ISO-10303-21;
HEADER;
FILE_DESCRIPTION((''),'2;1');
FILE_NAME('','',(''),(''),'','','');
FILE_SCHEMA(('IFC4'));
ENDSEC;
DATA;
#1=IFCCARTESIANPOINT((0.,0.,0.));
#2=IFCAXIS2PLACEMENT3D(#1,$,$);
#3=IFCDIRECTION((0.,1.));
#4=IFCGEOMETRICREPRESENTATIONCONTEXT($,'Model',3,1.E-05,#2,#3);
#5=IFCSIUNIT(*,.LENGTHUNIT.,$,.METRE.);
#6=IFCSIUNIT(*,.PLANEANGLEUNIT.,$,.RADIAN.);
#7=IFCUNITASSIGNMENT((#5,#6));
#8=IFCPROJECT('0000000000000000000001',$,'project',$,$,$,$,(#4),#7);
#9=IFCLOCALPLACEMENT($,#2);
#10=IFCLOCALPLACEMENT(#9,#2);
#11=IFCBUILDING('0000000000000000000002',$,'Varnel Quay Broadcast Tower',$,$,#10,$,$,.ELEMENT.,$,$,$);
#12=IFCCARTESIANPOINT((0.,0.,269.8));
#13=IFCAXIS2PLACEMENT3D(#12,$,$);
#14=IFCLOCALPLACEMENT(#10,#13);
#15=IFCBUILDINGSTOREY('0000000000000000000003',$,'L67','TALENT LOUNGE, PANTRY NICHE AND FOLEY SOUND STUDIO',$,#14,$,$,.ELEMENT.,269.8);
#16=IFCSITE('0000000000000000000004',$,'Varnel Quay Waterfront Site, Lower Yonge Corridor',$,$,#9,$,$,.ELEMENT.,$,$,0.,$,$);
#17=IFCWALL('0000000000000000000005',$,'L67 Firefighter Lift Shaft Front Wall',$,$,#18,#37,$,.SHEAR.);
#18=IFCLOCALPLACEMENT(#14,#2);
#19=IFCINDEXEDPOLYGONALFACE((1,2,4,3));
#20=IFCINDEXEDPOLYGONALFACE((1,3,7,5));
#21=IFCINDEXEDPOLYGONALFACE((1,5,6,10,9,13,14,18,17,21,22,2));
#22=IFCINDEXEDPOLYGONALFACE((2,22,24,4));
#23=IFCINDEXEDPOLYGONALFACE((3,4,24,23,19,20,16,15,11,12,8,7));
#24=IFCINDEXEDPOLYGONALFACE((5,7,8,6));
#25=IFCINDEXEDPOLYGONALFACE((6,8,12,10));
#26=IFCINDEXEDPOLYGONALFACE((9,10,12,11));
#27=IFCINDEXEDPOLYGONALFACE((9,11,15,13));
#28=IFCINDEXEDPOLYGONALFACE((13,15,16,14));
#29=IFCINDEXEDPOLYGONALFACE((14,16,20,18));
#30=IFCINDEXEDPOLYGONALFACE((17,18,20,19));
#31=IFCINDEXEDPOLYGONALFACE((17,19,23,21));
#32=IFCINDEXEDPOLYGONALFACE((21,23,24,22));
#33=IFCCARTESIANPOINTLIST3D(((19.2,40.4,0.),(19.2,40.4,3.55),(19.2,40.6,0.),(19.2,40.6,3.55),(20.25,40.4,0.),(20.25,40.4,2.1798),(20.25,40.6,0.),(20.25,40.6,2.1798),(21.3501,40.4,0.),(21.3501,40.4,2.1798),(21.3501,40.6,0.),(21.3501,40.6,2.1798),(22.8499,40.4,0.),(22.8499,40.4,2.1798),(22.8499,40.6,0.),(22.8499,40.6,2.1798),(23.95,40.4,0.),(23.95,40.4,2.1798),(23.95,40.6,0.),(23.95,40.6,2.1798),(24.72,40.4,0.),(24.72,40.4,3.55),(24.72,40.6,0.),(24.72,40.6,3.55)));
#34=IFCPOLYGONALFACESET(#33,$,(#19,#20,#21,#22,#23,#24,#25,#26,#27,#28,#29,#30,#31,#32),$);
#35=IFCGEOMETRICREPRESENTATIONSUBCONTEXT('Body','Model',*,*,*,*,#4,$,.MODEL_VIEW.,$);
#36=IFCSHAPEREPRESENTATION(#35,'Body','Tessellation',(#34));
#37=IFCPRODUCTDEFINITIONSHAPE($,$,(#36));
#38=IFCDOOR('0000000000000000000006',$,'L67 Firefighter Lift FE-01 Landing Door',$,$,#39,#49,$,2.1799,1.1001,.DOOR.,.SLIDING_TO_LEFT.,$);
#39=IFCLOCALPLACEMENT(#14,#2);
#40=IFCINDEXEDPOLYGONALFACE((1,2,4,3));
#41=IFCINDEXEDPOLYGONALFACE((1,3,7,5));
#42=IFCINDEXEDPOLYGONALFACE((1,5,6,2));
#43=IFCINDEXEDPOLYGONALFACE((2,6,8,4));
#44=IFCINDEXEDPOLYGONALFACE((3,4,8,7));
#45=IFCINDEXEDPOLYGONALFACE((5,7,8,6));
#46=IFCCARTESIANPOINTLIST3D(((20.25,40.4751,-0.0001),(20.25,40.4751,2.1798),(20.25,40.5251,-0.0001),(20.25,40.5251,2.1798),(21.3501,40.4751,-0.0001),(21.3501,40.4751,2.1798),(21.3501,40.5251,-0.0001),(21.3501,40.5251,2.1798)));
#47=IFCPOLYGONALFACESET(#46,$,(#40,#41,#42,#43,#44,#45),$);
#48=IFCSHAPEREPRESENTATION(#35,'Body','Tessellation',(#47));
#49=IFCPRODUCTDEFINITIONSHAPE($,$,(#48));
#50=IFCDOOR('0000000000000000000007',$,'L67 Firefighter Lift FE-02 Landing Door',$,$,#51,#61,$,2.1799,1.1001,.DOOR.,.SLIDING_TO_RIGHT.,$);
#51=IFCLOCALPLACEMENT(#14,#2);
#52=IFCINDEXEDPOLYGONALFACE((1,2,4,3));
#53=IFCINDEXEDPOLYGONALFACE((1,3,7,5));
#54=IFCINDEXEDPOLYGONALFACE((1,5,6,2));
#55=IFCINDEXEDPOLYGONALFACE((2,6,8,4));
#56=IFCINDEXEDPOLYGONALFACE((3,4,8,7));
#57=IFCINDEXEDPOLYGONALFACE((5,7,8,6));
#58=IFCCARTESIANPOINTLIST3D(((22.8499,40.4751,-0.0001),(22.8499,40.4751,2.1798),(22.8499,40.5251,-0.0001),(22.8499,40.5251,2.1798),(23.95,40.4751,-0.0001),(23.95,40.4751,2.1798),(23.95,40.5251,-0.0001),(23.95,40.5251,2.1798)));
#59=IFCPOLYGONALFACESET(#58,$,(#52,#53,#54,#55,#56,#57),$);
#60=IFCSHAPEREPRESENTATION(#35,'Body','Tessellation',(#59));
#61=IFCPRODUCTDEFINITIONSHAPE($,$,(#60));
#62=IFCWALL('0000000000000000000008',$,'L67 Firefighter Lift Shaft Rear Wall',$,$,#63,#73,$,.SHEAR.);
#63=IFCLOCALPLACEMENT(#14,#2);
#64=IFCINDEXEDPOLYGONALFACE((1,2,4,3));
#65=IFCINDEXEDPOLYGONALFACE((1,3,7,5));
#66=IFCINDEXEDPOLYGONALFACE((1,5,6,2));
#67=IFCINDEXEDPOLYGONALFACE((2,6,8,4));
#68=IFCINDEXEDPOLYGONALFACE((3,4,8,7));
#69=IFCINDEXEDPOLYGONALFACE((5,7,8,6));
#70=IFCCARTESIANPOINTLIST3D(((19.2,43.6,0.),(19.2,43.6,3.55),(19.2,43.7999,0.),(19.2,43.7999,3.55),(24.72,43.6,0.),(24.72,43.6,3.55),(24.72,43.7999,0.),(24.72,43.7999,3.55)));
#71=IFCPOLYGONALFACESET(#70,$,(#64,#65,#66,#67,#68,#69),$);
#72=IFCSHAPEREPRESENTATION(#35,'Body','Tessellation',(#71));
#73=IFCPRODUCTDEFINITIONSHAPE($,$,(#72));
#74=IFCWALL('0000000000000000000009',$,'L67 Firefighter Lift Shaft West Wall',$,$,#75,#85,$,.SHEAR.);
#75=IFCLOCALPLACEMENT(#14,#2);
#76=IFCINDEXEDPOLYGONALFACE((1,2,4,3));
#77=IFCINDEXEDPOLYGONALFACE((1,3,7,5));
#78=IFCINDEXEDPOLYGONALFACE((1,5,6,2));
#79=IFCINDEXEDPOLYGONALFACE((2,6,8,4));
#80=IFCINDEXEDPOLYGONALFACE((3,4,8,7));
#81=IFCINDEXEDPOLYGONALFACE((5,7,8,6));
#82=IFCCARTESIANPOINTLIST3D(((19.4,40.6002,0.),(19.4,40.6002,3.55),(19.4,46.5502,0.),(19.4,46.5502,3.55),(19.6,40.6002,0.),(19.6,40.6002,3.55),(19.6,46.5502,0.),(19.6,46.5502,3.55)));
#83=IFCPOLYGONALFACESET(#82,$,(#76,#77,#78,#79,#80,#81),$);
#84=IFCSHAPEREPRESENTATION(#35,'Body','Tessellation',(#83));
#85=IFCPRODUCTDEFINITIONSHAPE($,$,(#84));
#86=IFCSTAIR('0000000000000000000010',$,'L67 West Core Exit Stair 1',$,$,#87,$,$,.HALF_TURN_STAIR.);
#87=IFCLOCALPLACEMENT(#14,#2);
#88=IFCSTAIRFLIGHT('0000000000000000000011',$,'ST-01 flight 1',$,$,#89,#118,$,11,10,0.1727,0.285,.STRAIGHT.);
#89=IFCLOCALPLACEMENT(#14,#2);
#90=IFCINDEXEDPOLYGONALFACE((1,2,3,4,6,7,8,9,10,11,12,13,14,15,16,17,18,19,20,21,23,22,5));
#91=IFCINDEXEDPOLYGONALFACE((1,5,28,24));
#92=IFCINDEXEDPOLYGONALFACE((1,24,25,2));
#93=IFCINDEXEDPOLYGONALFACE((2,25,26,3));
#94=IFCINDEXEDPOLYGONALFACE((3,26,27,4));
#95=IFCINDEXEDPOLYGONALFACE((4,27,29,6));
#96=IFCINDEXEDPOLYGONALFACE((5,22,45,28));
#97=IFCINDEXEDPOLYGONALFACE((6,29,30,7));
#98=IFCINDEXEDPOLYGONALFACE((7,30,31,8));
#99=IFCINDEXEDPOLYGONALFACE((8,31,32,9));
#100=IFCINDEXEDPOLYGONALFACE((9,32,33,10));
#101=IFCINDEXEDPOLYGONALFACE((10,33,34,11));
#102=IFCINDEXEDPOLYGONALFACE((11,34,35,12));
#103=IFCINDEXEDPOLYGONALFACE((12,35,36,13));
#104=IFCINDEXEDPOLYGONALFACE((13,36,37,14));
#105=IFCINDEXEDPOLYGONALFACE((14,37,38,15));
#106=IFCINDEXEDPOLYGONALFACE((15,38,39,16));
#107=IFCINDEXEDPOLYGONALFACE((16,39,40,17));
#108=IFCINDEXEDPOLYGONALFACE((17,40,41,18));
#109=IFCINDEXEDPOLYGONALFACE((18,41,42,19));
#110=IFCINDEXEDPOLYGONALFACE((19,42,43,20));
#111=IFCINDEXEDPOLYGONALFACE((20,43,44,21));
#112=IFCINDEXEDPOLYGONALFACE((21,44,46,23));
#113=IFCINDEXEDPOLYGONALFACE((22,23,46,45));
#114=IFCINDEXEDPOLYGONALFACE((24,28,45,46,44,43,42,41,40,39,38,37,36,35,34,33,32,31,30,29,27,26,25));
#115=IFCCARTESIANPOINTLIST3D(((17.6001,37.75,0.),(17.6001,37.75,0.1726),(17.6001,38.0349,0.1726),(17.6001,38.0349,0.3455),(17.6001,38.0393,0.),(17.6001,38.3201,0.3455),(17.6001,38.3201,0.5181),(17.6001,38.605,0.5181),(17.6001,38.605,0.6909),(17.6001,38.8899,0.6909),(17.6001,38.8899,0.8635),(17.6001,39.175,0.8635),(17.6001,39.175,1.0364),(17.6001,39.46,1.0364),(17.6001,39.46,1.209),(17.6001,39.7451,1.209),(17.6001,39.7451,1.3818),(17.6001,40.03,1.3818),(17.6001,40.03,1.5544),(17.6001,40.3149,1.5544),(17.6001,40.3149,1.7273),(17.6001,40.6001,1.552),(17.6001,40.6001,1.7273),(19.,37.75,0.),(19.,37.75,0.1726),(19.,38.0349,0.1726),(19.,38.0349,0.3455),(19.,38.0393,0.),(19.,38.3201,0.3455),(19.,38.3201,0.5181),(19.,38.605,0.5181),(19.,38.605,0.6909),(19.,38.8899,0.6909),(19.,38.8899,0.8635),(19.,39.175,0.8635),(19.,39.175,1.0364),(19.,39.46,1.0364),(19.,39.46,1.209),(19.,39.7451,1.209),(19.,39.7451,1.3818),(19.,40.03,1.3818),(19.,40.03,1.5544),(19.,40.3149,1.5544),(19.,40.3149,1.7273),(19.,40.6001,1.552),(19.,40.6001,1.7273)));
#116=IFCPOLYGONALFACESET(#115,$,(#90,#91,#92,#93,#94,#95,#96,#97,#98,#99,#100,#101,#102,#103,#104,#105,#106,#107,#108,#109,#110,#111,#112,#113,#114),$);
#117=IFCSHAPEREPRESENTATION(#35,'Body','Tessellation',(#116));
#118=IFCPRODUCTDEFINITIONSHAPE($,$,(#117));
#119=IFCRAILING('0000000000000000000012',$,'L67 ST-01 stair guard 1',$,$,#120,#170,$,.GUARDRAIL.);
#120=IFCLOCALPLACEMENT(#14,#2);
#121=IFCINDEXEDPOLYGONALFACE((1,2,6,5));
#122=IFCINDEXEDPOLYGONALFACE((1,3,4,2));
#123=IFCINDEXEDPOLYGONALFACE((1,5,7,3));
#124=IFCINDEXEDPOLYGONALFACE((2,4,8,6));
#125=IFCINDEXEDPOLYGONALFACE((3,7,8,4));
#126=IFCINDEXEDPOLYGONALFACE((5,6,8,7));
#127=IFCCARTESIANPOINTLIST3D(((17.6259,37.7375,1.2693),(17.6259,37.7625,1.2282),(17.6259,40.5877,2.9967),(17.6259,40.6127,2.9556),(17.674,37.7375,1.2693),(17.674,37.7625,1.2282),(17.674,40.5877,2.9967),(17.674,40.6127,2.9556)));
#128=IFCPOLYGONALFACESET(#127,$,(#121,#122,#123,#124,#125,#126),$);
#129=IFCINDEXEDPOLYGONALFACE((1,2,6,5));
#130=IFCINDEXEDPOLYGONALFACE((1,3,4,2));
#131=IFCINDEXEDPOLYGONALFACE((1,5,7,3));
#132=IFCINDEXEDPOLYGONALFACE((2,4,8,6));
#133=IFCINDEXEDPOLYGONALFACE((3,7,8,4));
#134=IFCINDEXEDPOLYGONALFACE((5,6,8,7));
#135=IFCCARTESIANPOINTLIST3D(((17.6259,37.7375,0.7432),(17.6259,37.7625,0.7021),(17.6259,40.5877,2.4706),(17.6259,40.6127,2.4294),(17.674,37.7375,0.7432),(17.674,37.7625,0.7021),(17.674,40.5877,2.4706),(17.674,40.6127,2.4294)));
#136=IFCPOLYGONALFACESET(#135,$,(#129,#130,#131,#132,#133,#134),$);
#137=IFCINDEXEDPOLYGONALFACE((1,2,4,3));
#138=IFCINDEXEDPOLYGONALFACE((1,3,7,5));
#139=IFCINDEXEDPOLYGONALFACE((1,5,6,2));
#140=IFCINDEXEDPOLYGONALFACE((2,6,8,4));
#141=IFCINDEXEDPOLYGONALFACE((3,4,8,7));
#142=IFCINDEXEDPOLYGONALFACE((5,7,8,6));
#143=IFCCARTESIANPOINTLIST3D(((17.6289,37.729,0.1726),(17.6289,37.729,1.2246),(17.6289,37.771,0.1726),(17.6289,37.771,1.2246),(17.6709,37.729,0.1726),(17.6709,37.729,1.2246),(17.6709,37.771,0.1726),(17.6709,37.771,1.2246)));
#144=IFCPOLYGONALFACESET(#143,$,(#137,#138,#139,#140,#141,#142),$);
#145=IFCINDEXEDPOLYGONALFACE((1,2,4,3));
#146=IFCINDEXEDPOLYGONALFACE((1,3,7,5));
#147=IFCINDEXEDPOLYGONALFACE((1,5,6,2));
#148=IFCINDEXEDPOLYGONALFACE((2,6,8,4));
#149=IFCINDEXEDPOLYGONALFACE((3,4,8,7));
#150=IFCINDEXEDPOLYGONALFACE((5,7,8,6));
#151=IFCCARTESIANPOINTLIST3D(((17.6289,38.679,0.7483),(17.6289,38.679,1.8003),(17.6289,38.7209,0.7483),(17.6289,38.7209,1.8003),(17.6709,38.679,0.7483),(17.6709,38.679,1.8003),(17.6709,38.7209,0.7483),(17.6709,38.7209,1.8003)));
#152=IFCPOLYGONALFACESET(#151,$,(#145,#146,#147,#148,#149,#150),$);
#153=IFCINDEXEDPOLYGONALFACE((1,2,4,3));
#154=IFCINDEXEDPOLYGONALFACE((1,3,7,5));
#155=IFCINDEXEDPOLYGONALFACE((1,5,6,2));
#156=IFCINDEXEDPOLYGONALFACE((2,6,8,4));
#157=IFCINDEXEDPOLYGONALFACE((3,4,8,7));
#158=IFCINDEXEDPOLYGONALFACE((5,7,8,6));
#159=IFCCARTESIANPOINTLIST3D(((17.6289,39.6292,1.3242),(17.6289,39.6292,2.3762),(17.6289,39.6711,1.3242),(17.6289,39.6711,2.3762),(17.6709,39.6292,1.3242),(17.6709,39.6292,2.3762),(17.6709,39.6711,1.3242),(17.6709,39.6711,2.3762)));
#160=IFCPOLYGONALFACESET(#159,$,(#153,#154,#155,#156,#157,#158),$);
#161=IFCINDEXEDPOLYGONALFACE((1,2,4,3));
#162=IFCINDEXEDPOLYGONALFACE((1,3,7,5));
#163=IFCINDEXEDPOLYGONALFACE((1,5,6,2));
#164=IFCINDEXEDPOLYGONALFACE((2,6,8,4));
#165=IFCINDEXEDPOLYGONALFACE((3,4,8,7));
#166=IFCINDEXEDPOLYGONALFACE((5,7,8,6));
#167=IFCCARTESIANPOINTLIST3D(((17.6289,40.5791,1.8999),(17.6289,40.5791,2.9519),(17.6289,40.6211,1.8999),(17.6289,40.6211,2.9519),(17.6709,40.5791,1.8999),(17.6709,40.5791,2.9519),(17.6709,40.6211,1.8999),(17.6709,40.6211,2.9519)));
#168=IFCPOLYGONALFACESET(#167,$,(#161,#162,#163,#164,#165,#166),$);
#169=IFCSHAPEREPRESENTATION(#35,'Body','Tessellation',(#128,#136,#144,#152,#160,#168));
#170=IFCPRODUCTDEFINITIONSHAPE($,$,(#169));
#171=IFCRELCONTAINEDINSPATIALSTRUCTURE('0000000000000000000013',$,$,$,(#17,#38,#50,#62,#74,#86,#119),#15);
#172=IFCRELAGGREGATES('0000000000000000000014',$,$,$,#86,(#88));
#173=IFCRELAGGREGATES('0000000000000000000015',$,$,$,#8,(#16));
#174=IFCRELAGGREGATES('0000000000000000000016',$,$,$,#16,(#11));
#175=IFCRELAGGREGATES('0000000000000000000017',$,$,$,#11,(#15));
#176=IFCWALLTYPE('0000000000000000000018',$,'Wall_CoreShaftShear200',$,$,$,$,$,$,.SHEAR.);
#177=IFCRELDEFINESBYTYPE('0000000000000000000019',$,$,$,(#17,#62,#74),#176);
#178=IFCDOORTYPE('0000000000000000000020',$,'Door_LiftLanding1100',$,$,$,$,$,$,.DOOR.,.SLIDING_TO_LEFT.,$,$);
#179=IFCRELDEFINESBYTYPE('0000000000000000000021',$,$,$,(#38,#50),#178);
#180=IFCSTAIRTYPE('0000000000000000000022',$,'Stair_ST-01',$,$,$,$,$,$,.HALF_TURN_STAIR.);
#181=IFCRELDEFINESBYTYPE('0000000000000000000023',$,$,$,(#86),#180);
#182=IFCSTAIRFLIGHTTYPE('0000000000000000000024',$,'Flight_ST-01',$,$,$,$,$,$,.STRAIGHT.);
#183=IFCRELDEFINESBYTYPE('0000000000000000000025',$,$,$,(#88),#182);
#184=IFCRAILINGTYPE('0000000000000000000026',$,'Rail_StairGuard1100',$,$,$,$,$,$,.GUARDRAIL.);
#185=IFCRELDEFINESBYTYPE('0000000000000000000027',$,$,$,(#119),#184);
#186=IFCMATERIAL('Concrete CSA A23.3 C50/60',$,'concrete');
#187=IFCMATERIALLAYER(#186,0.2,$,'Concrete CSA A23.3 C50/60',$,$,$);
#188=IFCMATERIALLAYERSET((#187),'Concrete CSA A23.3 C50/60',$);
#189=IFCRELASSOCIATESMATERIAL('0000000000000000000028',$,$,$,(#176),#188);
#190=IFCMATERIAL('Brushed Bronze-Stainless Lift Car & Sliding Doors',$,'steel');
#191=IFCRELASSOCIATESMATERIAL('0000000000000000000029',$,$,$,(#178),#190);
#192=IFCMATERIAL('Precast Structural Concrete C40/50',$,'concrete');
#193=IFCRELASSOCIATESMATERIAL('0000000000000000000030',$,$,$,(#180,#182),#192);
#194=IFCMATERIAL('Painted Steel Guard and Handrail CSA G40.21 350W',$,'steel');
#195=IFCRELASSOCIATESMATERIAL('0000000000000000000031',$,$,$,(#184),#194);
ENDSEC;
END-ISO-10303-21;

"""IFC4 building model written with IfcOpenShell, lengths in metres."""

from ifc_helpers import new_model, si_unit, direction, frame, frame_2d, origin, origin_2d, place, context, subcontext, project, spatial, polyline, rectangle, outline, extrude, source, transform, mapped, material, layer, layer_set, type_object, type_shapes, element, fill, aggregate, save


model = new_model("IFC4")

# Units and contexts
model_context = context("Model", 3, precision=1e-05, world=origin(), true_north=direction((0.0, 1.0)))
body_context = subcontext(model_context, "Body", "Model", "MODEL_VIEW")
ifc_project = project(units=[si_unit("LENGTHUNIT", "METRE"), si_unit("PLANEANGLEUNIT", "RADIAN")], contexts=[model_context])

# Site, building, storey
site_placement = place(None, origin())
site = spatial("IfcSite", under=ifc_project, at=site_placement, Name="Varnel Quay Waterfront Site, Lower Yonge Corridor", CompositionType="ELEMENT", RefElevation=0.0)
building_placement = place(site_placement, origin())
building = spatial("IfcBuilding", under=site, at=building_placement, Name="Varnel Quay Broadcast Tower", CompositionType="ELEMENT")
storey_placement = place(building_placement, frame((0.0, 0.0, 269.8)))
storey = spatial("IfcBuildingStorey", under=building, at=storey_placement, Name="L67", Description="TALENT LOUNGE, PANTRY NICHE AND FOLEY SOUND STUDIO", CompositionType="ELEMENT", Elevation=269.8)

# Wall, openings, doors
ifc_material_1 = material(Name="Concrete CSA A23.3 C50/60", Category="concrete")
ifc_layer = layer(ifc_material_1, 0.2, Name="Concrete CSA A23.3 C50/60")
ifc_layer_set = layer_set([ifc_layer], Name="Concrete CSA A23.3 C50/60")
wall_type = type_object("IfcWallType", Name="Wall_CoreShaftShear200", PredefinedType="SHEAR", material=ifc_layer_set)
wall_1_placement = place(storey_placement, frame((19.2, 40.5, 0.0), z_axis=(0.0, 0.0, 1.0), x_axis=(1.0, 0.0, 0.0)))
wall_1 = element("IfcWall", 1, at=wall_1_placement, inside=storey, type_object=wall_type, Name="L67 Firefighter Lift Shaft Front Wall", PredefinedType="SHEAR", context=body_context, shape_type="SweptSolid", body=[
    extrude(rectangle(XDim=5.52, YDim=0.2, at=frame_2d((2.76, 0.0))), origin(), (0.0, 0.0, 1.0), 3.55),
])
opening_1_placement = place(wall_1_placement, frame((1.05, 0.0, 0.0)))
opening_1 = element("IfcOpeningElement", 2, at=opening_1_placement, cuts=wall_1, PredefinedType="OPENING", context=body_context, shape_type="SweptSolid", body=[
    extrude(rectangle(XDim=1.1001, YDim=2.1799, at=frame_2d((0.55, 1.0898))), frame((0.0, 0.1099, 0.0), z_axis=(0.0, -1.0, 0.0), x_axis=(1.0, 0.0, 0.0)), (0.0, 0.0, 1.0), 0.22),
])
opening_2_placement = place(wall_1_placement, frame((3.6499, 0.0, 0.0)))
opening_2 = element("IfcOpeningElement", 3, at=opening_2_placement, cuts=wall_1, PredefinedType="OPENING", context=body_context, shape_type="SweptSolid", body=[
    extrude(rectangle(XDim=1.1001, YDim=2.1799, at=frame_2d((0.55, 1.0898))), frame((0.0, 0.1099, 0.0), z_axis=(0.0, -1.0, 0.0), x_axis=(1.0, 0.0, 0.0)), (0.0, 0.0, 1.0), 0.22),
])
ifc_material_2 = material(Name="Brushed Bronze-Stainless Lift Car & Sliding Doors", Category="steel")
door_type = type_object("IfcDoorType", Name="Door_LiftLanding1100", OperationType="SLIDING_TO_LEFT", PredefinedType="DOOR", material=ifc_material_2)
shared_shape = source(origin(), body_context, "Body", "SweptSolid", [
    extrude(rectangle(XDim=1.1001, YDim=2.1799, at=frame_2d((0.55, 1.0898))), frame((0.0, 0.0249, 0.0), z_axis=(0.0, -1.0, 0.0), x_axis=(1.0, 0.0, 0.0)), (0.0, 0.0, 1.0), 0.05),
])
type_shapes(door_type, [shared_shape])
door_1_placement = place(opening_1_placement, frame((1.1001, 0.0, 0.0), z_axis=(0.0, 0.0, 1.0), x_axis=(-1.0, 0.0, 0.0)))
door_1 = element("IfcDoor", 4, at=door_1_placement, inside=storey, type_object=door_type, Name="L67 Firefighter Lift FE-01 Landing Door", OperationType="SLIDING_TO_LEFT", OverallHeight=2.1799, OverallWidth=1.1001, PredefinedType="DOOR", context=body_context, shape_type="MappedRepresentation", body=[
    mapped(shared_shape, transform((0.0, 0.0, 0.0), x_axis=(1.0, 0.0, 0.0), y_axis=(0.0, 1.0, 0.0), z_axis=(0.0, 0.0, 1.0), scale=1.0)),
])
fill(opening_1, door_1)
door_2_placement = place(opening_2_placement, frame((1.1001, 0.0, 0.0), z_axis=(0.0, 0.0, 1.0), x_axis=(-1.0, 0.0, 0.0)))
door_2 = element("IfcDoor", 5, at=door_2_placement, inside=storey, type_object=door_type, Name="L67 Firefighter Lift FE-02 Landing Door", OperationType="SLIDING_TO_RIGHT", OverallHeight=2.1799, OverallWidth=1.1001, PredefinedType="DOOR", context=body_context, shape_type="MappedRepresentation", body=[
    mapped(shared_shape, transform((0.0, 0.0, 0.0), x_axis=(1.0, 0.0, 0.0), y_axis=(0.0, 1.0, 0.0), z_axis=(0.0, 0.0, 1.0), scale=1.0)),
])
fill(opening_2, door_2)

# Walls
wall_2_placement = place(storey_placement, frame((19.2, 43.7, 0.0), z_axis=(0.0, 0.0, 1.0), x_axis=(1.0, 0.0, 0.0)))
element("IfcWall", 6, at=wall_2_placement, inside=storey, type_object=wall_type, Name="L67 Firefighter Lift Shaft Rear Wall", PredefinedType="SHEAR", context=body_context, shape_type="SweptSolid", body=[
    extrude(rectangle(XDim=5.52, YDim=0.2, at=frame_2d((2.76, 0.0))), origin(), (0.0, 0.0, 1.0), 3.55),
])
wall_3_placement = place(storey_placement, frame((19.5, 40.6001, 0.0), z_axis=(0.0, 0.0, 1.0), x_axis=(0.0, 1.0, 0.0)))
element("IfcWall", 7, at=wall_3_placement, inside=storey, type_object=wall_type, Name="L67 Firefighter Lift Shaft West Wall", PredefinedType="SHEAR", context=body_context, shape_type="SweptSolid", body=[
    extrude(rectangle(XDim=5.95, YDim=0.2, at=frame_2d((2.9751, 0.0))), origin(), (0.0, 0.0, 1.0), 3.55),
])

# Stair, stair flight
ifc_material_3 = material(Name="Precast Structural Concrete C40/50", Category="concrete")
stair_type = type_object("IfcStairType", Name="Stair_ST-01", PredefinedType="HALF_TURN_STAIR", material=ifc_material_3)
stair_placement = place(storey_placement, origin())
stair = element("IfcStair", 8, at=stair_placement, inside=storey, type_object=stair_type, Name="L67 West Core Exit Stair 1", PredefinedType="HALF_TURN_STAIR")
stair_flight_type = type_object("IfcStairFlightType", Name="Flight_ST-01", PredefinedType="STRAIGHT", material=ifc_material_3)
stair_flight_placement = place(storey_placement, frame((18.3, 37.75, 0.0), z_axis=(0.0, 0.0, 1.0), x_axis=(0.0, 1.0, 0.0)))
stair_flight = element("IfcStairFlight", 9, at=stair_flight_placement, type_object=stair_flight_type, Name="ST-01 flight 1", NumberOfRisers=11, NumberOfTreads=10, PredefinedType="STRAIGHT", RiserHeight=0.1727, TreadLength=0.285, context=body_context, shape_type="SweptSolid", body=[
    extrude(outline(polyline([(0.0, 0.0), (0.0, 0.1726), (0.2849, 0.1726), (0.2849, 0.3455), (0.5701, 0.3455), (0.5701, 0.5181), (0.855, 0.5181), (0.855, 0.6909), (1.1399, 0.6909), (1.1399, 0.8635), (1.425, 0.8635), (1.425, 1.0364), (1.71, 1.0364), (1.71, 1.209), (1.9951, 1.209), (1.9951, 1.3818), (2.28, 1.3818), (2.28, 1.5544), (2.5649, 1.5544), (2.5649, 1.7273), (2.8501, 1.7273), (2.8501, 1.8999), (2.8501, 1.552), (0.2893, 0.0), (0.0, 0.0)])), frame((0.0, 0.7, 0.0), z_axis=(0.0, -1.0, 0.0), x_axis=(1.0, 0.0, 0.0)), (0.0, 0.0, 1.0), 1.3999),
])
aggregate(stair, [stair_flight])

# Railing
ifc_material_4 = material(Name="Painted Steel Guard and Handrail CSA G40.21 350W", Category="steel")
railing_type_1 = type_object("IfcRailingType", Name="Rail_StairGuard1100", PredefinedType="GUARDRAIL", material=ifc_material_4)
railing_1_placement = place(storey_placement, frame((17.6499, 37.75, 0.1726)))
element("IfcRailing", 10, at=railing_1_placement, inside=storey, type_object=railing_type_1, Name="L67 ST-01 stair guard 1", PredefinedType="GUARDRAIL", context=body_context, shape_type="SweptSolid", body=[
    extrude(rectangle(XDim=0.0481, YDim=0.0481, at=origin_2d()), frame((0.0, 0.0, 1.0762), z_axis=(0.0, 0.855203, 0.518294), x_axis=(-1.0, 0.0, 0.0)), (0.0, 0.0, 1.0), 3.3328),
    extrude(rectangle(XDim=0.0481, YDim=0.0481, at=origin_2d()), frame((0.0, 0.0, 0.55), z_axis=(0.0, 0.855203, 0.518294), x_axis=(-1.0, 0.0, 0.0)), (0.0, 0.0, 1.0), 3.3328),
    extrude(rectangle(XDim=0.042, YDim=0.042, at=origin_2d()), origin(), (0.0, 0.0, 1.0), 1.052),
    extrude(rectangle(XDim=0.042, YDim=0.042, at=origin_2d()), frame((0.0, 0.95, 0.5757)), (0.0, 0.0, 1.0), 1.052),
    extrude(rectangle(XDim=0.042, YDim=0.042, at=origin_2d()), frame((0.0, 1.9001, 1.1516)), (0.0, 0.0, 1.0), 1.052),
    extrude(rectangle(XDim=0.042, YDim=0.042, at=origin_2d()), frame((0.0, 2.8501, 1.7273)), (0.0, 0.0, 1.0), 1.052),
])

save(model, "model.ifc")
